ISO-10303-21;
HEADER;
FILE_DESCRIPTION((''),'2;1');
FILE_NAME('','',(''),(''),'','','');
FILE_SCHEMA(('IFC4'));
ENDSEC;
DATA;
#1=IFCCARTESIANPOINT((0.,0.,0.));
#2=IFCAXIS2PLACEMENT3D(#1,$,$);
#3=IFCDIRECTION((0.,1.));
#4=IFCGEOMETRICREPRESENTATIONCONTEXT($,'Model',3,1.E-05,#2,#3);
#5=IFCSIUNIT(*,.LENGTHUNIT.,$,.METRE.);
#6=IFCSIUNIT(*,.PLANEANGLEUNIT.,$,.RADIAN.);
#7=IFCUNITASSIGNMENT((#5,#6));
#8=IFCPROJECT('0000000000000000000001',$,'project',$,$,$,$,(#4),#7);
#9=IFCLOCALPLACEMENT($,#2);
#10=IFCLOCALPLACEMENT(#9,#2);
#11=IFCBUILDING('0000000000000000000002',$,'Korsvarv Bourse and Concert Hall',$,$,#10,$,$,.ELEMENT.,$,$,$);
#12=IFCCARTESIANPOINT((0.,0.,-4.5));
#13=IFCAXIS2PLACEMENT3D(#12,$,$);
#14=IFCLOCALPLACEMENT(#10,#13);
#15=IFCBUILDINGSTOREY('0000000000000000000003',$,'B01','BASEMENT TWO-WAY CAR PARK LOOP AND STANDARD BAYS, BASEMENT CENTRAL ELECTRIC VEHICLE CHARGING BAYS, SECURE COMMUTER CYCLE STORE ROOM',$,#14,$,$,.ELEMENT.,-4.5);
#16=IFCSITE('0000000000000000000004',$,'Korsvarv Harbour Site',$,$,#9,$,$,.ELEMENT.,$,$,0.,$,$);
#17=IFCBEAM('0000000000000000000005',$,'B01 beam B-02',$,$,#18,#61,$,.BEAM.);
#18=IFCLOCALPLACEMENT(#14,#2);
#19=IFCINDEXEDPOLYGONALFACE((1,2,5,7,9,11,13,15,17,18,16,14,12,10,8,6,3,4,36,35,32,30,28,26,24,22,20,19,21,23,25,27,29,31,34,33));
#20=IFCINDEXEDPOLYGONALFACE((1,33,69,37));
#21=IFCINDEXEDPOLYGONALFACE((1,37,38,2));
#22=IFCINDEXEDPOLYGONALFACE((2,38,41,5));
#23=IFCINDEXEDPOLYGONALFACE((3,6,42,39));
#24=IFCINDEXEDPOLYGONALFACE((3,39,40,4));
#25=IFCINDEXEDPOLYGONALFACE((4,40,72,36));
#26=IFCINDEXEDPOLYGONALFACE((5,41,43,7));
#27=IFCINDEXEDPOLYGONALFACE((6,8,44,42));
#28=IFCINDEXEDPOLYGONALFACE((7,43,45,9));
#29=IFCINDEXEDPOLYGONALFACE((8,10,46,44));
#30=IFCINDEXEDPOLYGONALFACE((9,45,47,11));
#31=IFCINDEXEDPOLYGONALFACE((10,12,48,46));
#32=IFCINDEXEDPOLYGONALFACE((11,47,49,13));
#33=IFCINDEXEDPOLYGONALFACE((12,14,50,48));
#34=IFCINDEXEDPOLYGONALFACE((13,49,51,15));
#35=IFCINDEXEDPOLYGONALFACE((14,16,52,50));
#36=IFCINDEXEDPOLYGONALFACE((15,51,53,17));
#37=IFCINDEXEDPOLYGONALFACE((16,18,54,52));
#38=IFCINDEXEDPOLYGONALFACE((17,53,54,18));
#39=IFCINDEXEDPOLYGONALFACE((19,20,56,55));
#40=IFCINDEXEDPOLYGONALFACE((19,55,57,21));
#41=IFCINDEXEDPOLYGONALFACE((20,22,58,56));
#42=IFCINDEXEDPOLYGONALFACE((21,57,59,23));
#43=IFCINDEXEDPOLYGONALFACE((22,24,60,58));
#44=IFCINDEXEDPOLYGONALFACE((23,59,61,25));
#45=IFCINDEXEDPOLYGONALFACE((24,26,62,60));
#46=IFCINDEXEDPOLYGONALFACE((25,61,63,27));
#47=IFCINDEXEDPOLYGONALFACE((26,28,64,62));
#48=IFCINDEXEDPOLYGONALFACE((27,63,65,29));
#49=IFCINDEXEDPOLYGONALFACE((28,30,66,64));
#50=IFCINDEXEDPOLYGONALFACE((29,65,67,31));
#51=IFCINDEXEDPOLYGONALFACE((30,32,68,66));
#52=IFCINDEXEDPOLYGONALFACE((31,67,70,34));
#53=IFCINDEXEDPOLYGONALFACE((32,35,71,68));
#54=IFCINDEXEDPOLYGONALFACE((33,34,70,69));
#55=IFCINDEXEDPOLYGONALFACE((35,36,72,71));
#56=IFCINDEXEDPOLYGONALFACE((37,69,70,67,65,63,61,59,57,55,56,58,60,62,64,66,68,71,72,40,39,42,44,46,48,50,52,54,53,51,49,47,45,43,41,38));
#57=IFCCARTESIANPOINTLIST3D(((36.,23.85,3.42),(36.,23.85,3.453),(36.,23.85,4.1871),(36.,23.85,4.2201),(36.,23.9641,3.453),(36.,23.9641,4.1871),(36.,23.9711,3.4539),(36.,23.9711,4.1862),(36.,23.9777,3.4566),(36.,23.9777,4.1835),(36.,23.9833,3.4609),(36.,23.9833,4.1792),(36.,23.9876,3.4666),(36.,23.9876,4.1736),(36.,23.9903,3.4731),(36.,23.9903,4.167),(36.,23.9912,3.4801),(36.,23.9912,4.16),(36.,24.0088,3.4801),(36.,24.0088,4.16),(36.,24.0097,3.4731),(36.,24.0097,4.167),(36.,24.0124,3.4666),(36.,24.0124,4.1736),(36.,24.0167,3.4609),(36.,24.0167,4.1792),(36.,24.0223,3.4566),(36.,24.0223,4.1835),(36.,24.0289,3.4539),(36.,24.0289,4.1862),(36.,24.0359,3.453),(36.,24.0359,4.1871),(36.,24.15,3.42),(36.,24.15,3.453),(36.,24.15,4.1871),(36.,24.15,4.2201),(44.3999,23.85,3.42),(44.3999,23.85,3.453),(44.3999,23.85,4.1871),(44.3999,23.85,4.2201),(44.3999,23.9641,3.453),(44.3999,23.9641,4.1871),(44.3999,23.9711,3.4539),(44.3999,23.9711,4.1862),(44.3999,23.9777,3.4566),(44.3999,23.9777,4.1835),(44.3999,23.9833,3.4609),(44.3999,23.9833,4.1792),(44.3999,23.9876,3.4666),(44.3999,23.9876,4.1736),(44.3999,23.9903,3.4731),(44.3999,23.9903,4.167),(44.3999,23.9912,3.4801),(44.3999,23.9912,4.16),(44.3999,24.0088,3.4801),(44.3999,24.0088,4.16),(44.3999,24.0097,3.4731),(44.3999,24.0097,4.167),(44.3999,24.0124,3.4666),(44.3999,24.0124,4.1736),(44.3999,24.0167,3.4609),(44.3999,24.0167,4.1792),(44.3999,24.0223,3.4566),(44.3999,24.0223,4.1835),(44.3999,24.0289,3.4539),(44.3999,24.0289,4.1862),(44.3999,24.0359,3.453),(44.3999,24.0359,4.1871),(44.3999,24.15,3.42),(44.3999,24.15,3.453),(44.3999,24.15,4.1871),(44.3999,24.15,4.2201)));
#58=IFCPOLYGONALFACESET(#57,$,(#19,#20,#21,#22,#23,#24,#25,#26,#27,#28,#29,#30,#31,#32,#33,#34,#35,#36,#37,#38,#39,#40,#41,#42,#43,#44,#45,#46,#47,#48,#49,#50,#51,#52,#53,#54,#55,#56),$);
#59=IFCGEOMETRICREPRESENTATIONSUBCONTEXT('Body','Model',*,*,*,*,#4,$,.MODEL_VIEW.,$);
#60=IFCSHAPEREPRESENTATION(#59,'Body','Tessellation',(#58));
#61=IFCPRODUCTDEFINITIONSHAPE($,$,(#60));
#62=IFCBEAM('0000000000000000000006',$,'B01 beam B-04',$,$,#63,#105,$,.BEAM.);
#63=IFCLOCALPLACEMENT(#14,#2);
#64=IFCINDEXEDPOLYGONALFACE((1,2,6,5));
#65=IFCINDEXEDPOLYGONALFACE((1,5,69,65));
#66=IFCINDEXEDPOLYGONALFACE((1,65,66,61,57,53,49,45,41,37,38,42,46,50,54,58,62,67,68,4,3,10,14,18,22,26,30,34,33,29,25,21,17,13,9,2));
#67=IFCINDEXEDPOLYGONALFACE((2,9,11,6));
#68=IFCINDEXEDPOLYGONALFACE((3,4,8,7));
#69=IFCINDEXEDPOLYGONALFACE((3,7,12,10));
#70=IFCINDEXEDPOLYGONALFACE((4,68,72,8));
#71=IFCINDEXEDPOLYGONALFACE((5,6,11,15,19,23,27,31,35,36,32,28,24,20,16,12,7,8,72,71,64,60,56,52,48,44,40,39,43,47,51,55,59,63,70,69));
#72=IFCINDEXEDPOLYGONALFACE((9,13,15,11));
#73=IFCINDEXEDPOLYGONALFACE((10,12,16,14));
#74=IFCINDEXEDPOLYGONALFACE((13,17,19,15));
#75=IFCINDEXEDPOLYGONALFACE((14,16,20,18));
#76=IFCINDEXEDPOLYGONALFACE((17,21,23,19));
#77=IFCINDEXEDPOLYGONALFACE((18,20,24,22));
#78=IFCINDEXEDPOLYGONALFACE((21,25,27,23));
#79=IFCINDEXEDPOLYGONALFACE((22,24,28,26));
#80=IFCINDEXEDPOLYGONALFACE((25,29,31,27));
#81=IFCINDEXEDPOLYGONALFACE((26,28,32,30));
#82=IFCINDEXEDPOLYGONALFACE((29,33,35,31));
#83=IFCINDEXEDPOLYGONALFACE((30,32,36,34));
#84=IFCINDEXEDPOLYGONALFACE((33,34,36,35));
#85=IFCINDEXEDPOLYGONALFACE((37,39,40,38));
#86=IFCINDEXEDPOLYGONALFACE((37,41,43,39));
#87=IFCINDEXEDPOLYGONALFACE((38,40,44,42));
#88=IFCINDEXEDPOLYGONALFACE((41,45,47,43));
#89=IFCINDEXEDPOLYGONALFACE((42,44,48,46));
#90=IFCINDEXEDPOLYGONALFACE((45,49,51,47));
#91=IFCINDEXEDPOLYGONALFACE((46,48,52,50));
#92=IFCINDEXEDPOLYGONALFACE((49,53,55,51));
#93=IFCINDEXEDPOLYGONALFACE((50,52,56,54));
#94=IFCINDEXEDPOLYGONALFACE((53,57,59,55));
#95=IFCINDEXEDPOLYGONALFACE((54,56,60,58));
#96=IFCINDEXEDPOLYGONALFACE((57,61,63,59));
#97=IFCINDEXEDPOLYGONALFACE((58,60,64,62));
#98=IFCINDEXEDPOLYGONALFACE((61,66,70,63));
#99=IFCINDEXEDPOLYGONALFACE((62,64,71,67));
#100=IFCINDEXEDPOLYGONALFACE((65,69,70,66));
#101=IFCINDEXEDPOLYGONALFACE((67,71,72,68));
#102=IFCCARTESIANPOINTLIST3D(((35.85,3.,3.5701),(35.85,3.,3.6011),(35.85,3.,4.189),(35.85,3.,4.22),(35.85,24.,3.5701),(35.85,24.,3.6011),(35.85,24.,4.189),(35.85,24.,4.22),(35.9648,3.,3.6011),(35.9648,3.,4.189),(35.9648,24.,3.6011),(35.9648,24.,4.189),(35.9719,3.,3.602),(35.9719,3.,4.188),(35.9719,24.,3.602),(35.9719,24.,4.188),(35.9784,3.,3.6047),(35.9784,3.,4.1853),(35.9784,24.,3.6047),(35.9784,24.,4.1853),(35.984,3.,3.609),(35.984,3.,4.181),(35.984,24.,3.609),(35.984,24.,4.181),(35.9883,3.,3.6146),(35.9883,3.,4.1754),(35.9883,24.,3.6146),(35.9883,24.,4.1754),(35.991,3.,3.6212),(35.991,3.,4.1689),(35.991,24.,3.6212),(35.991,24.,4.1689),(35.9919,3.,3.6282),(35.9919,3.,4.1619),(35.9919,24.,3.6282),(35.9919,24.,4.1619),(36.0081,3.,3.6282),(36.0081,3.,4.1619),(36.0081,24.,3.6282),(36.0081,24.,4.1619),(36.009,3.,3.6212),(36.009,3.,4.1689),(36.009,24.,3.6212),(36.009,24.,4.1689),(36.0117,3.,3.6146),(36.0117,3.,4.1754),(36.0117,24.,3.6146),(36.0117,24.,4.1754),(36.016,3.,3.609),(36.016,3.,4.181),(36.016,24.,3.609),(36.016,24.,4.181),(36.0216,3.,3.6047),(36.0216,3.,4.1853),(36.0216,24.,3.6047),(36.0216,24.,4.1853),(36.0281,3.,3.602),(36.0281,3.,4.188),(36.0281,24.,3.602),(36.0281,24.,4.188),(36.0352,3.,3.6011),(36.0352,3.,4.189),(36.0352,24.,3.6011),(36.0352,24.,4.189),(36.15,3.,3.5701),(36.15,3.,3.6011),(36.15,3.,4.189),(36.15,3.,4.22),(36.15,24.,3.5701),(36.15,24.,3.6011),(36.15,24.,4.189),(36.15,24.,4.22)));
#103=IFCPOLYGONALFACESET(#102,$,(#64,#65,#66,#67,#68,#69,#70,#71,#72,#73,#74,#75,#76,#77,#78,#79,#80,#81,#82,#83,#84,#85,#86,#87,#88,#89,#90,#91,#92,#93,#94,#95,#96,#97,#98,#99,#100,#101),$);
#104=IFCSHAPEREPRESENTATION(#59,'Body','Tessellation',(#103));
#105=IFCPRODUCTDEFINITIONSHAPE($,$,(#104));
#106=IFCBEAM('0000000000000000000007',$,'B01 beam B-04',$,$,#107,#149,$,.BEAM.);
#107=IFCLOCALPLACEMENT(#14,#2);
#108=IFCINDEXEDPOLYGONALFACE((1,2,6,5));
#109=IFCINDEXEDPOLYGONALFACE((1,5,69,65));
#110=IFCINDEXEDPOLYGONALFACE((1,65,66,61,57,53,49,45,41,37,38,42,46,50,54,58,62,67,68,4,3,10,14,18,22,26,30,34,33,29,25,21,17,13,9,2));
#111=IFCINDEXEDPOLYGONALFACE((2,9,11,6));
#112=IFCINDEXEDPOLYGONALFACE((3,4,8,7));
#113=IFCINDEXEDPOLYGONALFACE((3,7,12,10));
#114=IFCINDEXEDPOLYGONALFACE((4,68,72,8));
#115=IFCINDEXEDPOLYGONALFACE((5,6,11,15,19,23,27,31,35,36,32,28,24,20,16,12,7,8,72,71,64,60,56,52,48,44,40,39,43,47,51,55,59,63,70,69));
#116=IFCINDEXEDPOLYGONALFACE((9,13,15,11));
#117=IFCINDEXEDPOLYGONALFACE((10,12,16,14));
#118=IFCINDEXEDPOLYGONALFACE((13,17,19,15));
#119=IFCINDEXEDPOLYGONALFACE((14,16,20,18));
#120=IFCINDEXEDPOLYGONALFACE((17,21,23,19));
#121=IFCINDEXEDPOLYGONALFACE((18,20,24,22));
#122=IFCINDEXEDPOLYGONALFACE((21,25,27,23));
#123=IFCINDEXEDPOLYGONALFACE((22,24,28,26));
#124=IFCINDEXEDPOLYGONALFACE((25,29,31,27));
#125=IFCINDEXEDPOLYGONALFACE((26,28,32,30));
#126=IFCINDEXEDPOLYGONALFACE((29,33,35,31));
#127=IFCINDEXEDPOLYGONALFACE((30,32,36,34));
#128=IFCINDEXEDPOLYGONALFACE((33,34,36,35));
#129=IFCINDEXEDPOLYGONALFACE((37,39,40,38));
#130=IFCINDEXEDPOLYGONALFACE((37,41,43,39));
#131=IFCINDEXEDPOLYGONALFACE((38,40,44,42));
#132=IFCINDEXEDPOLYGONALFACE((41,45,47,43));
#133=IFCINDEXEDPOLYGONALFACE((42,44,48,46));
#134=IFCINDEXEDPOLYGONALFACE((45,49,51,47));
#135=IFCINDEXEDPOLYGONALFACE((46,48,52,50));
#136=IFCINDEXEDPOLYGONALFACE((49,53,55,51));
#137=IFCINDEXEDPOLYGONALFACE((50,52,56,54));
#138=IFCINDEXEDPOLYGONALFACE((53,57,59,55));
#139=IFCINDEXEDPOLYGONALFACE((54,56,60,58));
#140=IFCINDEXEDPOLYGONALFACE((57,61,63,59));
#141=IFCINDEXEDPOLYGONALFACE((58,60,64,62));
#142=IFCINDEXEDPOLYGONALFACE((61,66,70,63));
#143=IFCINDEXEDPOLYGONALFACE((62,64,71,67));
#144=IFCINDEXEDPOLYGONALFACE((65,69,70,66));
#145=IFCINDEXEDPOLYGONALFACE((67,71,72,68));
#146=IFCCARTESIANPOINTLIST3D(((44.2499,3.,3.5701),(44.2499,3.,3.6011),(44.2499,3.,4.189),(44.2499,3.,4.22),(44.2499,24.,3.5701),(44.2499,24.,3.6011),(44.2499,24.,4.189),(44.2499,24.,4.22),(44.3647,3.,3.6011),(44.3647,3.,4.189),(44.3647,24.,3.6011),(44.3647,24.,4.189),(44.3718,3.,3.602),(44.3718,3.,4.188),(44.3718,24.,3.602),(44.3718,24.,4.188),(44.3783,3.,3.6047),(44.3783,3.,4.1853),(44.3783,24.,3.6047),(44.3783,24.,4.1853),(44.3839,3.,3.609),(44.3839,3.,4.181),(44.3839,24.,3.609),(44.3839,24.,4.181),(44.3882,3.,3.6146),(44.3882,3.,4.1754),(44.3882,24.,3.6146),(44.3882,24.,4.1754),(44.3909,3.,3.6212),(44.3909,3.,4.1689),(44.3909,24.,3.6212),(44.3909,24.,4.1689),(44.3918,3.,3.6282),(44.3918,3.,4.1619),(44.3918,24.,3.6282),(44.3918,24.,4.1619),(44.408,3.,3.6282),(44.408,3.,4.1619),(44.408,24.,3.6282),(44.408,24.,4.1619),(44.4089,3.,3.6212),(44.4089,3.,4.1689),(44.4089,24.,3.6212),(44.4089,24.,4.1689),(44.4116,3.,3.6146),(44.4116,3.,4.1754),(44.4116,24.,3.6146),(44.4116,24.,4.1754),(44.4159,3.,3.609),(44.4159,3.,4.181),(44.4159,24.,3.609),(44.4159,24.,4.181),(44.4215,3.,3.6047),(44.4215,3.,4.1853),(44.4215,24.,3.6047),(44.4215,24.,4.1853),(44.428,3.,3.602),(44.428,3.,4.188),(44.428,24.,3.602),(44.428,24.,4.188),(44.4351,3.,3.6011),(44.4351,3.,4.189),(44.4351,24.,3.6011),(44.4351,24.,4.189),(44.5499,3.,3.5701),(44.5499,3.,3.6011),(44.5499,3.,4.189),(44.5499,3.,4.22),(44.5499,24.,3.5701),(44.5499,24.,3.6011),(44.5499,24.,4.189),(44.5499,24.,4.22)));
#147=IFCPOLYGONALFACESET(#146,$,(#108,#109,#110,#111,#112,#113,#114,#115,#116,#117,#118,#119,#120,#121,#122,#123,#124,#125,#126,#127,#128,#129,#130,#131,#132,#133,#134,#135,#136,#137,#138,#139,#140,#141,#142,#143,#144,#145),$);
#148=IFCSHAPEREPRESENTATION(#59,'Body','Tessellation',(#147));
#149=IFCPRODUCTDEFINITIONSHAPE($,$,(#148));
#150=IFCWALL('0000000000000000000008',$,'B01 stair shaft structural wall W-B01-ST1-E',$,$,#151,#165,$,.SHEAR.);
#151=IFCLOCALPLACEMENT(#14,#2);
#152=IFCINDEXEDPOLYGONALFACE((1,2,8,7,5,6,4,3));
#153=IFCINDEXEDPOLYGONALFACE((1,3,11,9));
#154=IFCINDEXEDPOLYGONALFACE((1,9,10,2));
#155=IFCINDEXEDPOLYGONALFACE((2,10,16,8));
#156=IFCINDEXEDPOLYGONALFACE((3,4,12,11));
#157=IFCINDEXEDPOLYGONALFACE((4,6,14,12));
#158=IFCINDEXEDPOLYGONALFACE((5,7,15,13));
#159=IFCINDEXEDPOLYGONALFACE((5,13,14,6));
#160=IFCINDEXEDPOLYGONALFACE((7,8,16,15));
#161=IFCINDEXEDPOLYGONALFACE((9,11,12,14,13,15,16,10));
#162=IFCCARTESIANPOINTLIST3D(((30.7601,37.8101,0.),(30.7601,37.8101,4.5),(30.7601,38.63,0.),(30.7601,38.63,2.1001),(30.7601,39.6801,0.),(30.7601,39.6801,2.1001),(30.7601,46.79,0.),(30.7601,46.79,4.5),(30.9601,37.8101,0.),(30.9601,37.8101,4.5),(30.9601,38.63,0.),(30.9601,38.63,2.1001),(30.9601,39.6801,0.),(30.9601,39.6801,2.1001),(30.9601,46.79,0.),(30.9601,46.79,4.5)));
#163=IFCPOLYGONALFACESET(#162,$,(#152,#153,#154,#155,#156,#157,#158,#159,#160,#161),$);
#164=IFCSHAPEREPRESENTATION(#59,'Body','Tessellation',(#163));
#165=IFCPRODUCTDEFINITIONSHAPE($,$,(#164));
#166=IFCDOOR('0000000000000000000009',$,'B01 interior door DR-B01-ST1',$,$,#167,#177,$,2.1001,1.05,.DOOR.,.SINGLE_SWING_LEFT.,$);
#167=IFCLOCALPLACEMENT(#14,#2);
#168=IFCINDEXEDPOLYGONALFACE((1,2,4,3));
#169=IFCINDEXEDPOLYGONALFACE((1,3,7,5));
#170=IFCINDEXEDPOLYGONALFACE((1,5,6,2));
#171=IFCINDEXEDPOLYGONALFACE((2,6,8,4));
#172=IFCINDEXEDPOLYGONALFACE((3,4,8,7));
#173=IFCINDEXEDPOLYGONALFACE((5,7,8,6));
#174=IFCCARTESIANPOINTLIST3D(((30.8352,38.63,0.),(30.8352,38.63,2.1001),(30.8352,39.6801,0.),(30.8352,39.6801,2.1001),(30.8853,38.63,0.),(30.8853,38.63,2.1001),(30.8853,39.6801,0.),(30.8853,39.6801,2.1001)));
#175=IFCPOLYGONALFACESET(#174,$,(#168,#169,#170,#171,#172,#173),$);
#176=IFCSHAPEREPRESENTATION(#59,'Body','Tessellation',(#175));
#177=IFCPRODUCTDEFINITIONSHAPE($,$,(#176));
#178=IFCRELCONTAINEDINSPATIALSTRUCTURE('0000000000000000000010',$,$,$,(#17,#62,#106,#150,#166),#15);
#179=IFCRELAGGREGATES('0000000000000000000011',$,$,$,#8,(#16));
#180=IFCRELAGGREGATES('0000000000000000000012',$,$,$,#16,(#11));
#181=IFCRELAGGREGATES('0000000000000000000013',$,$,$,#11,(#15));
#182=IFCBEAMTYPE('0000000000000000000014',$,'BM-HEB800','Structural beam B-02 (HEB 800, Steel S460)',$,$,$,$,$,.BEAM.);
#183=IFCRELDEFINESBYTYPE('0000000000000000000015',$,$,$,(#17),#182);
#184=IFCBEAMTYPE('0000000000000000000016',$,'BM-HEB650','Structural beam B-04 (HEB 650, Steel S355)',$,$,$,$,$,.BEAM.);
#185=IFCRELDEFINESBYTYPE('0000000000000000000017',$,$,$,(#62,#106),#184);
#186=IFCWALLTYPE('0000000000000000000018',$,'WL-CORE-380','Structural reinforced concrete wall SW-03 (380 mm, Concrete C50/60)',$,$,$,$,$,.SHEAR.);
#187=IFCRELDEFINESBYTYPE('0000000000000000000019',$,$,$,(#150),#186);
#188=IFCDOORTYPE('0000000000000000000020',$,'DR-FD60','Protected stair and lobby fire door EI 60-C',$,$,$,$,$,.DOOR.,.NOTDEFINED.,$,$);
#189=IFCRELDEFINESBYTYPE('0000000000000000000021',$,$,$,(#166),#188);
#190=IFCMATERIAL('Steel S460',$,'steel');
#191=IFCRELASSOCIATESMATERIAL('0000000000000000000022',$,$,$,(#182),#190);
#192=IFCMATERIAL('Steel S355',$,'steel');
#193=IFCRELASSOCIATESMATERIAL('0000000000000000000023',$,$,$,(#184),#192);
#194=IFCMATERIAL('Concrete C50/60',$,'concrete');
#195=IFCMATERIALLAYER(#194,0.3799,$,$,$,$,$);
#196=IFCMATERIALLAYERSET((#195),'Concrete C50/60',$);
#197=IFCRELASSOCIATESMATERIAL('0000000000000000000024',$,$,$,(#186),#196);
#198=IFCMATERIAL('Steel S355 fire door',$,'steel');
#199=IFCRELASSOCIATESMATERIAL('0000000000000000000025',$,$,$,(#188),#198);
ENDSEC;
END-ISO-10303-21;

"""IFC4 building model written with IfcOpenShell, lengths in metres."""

from ifc_helpers import new_model, si_unit, direction, frame, frame_2d, origin, origin_2d, place, context, subcontext, project, spatial, rectangle, i_section, extrude, source, transform, mapped, material, layer, layer_set, material_profile, profile_set, type_object, element, fill, save


model = new_model("IFC4")

# Units and contexts
model_context = context("Model", 3, precision=1e-05, world=origin(), true_north=direction((0.0, 1.0)))
body_context = subcontext(model_context, "Body", "Model", "MODEL_VIEW")
ifc_project = project(units=[si_unit("LENGTHUNIT", "METRE"), si_unit("PLANEANGLEUNIT", "RADIAN")], contexts=[model_context])

# Site, building, storey
site_placement = place(None, origin())
site = spatial("IfcSite", under=ifc_project, at=site_placement, Name="Korsvarv Harbour Site", CompositionType="ELEMENT", RefElevation=0.0)
building_placement = place(site_placement, origin())
building = spatial("IfcBuilding", under=site, at=building_placement, Name="Korsvarv Bourse and Concert Hall", CompositionType="ELEMENT")
storey_placement = place(building_placement, frame((0.0, 0.0, -4.5)))
storey = spatial("IfcBuildingStorey", under=building, at=storey_placement, Name="B01", Description="BASEMENT TWO-WAY CAR PARK LOOP AND STANDARD BAYS, BASEMENT CENTRAL ELECTRIC VEHICLE CHARGING BAYS, SECURE COMMUTER CYCLE STORE ROOM", CompositionType="ELEMENT", Elevation=-4.5)

# Shared definitions
ifc_material_1 = material(Name="Steel S460", Category="steel")

# Beams
ifc_material_2 = material(Name="Steel S355", Category="steel")
ifc_material_profile_1 = material_profile(ifc_material_1, i_section(OverallWidth=0.3, OverallDepth=0.8, WebThickness=0.0176, FlangeThickness=0.033, FilletRadius=0.0271, at=origin_2d()), Name="HEB 800")
ifc_profile_set_1 = profile_set([ifc_material_profile_1], Name="Steel S460")
beam_type_1 = type_object("IfcBeamType", Name="BM-HEB800", Description="Structural beam B-02 (HEB 800, Steel S460)", PredefinedType="BEAM", material=ifc_profile_set_1)
shared_shape_1 = source(origin(), body_context, "Body", "SweptSolid", [
    extrude(i_section(OverallWidth=0.3, OverallDepth=0.8, WebThickness=0.0176, FlangeThickness=0.033, FilletRadius=0.0271, at=origin_2d()), origin(), (0.0, 0.0, 1.0), 8.3999),
])
beam_1_placement = place(storey_placement, frame((36.0, 24.0, 3.8201), z_axis=(1.0, 0.0, 0.0), x_axis=(0.0, 1.0, 0.0)))
element("IfcBeam", 1, at=beam_1_placement, inside=storey, type_object=beam_type_1, Name="B01 beam B-02", PredefinedType="BEAM", context=body_context, shape_type="MappedRepresentation", body=[
    mapped(shared_shape_1, transform((0.0, 0.0, 0.0), scale=1.0)),
])
ifc_material_profile_2 = material_profile(ifc_material_2, i_section(OverallWidth=0.3, OverallDepth=0.6499, WebThickness=0.0161, FlangeThickness=0.031, FilletRadius=0.0271, at=origin_2d()), Name="HEB 650")
ifc_profile_set_2 = profile_set([ifc_material_profile_2], Name="Steel S355")
beam_type_2 = type_object("IfcBeamType", Name="BM-HEB650", Description="Structural beam B-04 (HEB 650, Steel S355)", PredefinedType="BEAM", material=ifc_profile_set_2)
shared_shape_2 = source(origin(), body_context, "Body", "SweptSolid", [
    extrude(i_section(OverallWidth=0.3, OverallDepth=0.6499, WebThickness=0.0161, FlangeThickness=0.031, FilletRadius=0.0271, at=origin_2d()), origin(), (0.0, 0.0, 1.0), 21.0),
])
for number, where, z_axis, x_axis, name in (
    (2, (36.0, 3.0, 3.895), (0.0, 1.0, 0.0), (-1.0, 0.0, 0.0), "B01 beam B-04"),
    (3, (44.3999, 3.0, 3.895), (0.0, 1.0, 0.0), (-1.0, 0.0, 0.0), "B01 beam B-04"),
):
    element("IfcBeam", number, at=place(storey_placement, frame(where, z_axis=z_axis, x_axis=x_axis)), inside=storey, type_object=beam_type_2, Name=name, PredefinedType="BEAM", context=body_context, shape_type="MappedRepresentation", body=[
        mapped(shared_shape_2, transform((0.0, 0.0, 0.0), scale=1.0)),
    ])

# Wall, opening, door
ifc_material_3 = material(Name="Concrete C50/60", Category="concrete")
ifc_layer_1 = layer(ifc_material_3, 0.3799)
ifc_layer_set_1 = layer_set([ifc_layer_1], Name="Concrete C50/60")
wall_type_1 = type_object("IfcWallType", Name="WL-CORE-380", Description="Structural reinforced concrete wall SW-03 (380 mm, Concrete C50/60)", PredefinedType="SHEAR", material=ifc_layer_set_1)
wall_1_placement = place(storey_placement, frame((30.8601, 37.8101, 0.0), z_axis=(0.0, 0.0, 1.0), x_axis=(0.0, 1.0, 0.0)))
wall_1 = element("IfcWall", 4, at=wall_1_placement, inside=storey, type_object=wall_type_1, Name="B01 stair shaft structural wall W-B01-ST1-E", PredefinedType="SHEAR", context=body_context, shape_type="SweptSolid", body=[
    extrude(rectangle(XDim=8.98, YDim=0.2, at=frame_2d((4.49, 0.0))), origin(), (0.0, 0.0, 1.0), 4.5),
])
opening_1_placement = place(wall_1_placement, frame((0.8201, 0.0, 0.0)))
opening_1 = element("IfcOpeningElement", 5, at=opening_1_placement, cuts=wall_1, PredefinedType="OPENING", context=body_context, shape_type="SweptSolid", body=[
    extrude(rectangle(XDim=1.05, YDim=2.1001, at=frame_2d((0.5249, 1.05))), frame((0.0, 0.1099, 0.0), z_axis=(0.0, -1.0, 0.0), x_axis=(1.0, 0.0, 0.0)), (0.0, 0.0, 1.0), 0.22),
])
ifc_material_4 = material(Name="Steel S355 fire door", Category="steel")
door_type_1 = type_object("IfcDoorType", Name="DR-FD60", Description="Protected stair and lobby fire door EI 60-C", OperationType="NOTDEFINED", PredefinedType="DOOR", material=ifc_material_4)
door_1_placement = place(opening_1_placement, origin())
door_1 = element("IfcDoor", 6, at=door_1_placement, inside=storey, type_object=door_type_1, Name="B01 interior door DR-B01-ST1", OperationType="SINGLE_SWING_LEFT", OverallHeight=2.1001, OverallWidth=1.05, PredefinedType="DOOR", context=body_context, shape_type="SweptSolid", body=[
    extrude(rectangle(XDim=1.05, YDim=2.1001, at=frame_2d((0.5249, 1.05))), frame((0.0, 0.0249, 0.0), z_axis=(0.0, -1.0, 0.0), x_axis=(1.0, 0.0, 0.0)), (0.0, 0.0, 1.0), 0.05),
])
fill(opening_1, door_1)

save(model, "model.ifc")
